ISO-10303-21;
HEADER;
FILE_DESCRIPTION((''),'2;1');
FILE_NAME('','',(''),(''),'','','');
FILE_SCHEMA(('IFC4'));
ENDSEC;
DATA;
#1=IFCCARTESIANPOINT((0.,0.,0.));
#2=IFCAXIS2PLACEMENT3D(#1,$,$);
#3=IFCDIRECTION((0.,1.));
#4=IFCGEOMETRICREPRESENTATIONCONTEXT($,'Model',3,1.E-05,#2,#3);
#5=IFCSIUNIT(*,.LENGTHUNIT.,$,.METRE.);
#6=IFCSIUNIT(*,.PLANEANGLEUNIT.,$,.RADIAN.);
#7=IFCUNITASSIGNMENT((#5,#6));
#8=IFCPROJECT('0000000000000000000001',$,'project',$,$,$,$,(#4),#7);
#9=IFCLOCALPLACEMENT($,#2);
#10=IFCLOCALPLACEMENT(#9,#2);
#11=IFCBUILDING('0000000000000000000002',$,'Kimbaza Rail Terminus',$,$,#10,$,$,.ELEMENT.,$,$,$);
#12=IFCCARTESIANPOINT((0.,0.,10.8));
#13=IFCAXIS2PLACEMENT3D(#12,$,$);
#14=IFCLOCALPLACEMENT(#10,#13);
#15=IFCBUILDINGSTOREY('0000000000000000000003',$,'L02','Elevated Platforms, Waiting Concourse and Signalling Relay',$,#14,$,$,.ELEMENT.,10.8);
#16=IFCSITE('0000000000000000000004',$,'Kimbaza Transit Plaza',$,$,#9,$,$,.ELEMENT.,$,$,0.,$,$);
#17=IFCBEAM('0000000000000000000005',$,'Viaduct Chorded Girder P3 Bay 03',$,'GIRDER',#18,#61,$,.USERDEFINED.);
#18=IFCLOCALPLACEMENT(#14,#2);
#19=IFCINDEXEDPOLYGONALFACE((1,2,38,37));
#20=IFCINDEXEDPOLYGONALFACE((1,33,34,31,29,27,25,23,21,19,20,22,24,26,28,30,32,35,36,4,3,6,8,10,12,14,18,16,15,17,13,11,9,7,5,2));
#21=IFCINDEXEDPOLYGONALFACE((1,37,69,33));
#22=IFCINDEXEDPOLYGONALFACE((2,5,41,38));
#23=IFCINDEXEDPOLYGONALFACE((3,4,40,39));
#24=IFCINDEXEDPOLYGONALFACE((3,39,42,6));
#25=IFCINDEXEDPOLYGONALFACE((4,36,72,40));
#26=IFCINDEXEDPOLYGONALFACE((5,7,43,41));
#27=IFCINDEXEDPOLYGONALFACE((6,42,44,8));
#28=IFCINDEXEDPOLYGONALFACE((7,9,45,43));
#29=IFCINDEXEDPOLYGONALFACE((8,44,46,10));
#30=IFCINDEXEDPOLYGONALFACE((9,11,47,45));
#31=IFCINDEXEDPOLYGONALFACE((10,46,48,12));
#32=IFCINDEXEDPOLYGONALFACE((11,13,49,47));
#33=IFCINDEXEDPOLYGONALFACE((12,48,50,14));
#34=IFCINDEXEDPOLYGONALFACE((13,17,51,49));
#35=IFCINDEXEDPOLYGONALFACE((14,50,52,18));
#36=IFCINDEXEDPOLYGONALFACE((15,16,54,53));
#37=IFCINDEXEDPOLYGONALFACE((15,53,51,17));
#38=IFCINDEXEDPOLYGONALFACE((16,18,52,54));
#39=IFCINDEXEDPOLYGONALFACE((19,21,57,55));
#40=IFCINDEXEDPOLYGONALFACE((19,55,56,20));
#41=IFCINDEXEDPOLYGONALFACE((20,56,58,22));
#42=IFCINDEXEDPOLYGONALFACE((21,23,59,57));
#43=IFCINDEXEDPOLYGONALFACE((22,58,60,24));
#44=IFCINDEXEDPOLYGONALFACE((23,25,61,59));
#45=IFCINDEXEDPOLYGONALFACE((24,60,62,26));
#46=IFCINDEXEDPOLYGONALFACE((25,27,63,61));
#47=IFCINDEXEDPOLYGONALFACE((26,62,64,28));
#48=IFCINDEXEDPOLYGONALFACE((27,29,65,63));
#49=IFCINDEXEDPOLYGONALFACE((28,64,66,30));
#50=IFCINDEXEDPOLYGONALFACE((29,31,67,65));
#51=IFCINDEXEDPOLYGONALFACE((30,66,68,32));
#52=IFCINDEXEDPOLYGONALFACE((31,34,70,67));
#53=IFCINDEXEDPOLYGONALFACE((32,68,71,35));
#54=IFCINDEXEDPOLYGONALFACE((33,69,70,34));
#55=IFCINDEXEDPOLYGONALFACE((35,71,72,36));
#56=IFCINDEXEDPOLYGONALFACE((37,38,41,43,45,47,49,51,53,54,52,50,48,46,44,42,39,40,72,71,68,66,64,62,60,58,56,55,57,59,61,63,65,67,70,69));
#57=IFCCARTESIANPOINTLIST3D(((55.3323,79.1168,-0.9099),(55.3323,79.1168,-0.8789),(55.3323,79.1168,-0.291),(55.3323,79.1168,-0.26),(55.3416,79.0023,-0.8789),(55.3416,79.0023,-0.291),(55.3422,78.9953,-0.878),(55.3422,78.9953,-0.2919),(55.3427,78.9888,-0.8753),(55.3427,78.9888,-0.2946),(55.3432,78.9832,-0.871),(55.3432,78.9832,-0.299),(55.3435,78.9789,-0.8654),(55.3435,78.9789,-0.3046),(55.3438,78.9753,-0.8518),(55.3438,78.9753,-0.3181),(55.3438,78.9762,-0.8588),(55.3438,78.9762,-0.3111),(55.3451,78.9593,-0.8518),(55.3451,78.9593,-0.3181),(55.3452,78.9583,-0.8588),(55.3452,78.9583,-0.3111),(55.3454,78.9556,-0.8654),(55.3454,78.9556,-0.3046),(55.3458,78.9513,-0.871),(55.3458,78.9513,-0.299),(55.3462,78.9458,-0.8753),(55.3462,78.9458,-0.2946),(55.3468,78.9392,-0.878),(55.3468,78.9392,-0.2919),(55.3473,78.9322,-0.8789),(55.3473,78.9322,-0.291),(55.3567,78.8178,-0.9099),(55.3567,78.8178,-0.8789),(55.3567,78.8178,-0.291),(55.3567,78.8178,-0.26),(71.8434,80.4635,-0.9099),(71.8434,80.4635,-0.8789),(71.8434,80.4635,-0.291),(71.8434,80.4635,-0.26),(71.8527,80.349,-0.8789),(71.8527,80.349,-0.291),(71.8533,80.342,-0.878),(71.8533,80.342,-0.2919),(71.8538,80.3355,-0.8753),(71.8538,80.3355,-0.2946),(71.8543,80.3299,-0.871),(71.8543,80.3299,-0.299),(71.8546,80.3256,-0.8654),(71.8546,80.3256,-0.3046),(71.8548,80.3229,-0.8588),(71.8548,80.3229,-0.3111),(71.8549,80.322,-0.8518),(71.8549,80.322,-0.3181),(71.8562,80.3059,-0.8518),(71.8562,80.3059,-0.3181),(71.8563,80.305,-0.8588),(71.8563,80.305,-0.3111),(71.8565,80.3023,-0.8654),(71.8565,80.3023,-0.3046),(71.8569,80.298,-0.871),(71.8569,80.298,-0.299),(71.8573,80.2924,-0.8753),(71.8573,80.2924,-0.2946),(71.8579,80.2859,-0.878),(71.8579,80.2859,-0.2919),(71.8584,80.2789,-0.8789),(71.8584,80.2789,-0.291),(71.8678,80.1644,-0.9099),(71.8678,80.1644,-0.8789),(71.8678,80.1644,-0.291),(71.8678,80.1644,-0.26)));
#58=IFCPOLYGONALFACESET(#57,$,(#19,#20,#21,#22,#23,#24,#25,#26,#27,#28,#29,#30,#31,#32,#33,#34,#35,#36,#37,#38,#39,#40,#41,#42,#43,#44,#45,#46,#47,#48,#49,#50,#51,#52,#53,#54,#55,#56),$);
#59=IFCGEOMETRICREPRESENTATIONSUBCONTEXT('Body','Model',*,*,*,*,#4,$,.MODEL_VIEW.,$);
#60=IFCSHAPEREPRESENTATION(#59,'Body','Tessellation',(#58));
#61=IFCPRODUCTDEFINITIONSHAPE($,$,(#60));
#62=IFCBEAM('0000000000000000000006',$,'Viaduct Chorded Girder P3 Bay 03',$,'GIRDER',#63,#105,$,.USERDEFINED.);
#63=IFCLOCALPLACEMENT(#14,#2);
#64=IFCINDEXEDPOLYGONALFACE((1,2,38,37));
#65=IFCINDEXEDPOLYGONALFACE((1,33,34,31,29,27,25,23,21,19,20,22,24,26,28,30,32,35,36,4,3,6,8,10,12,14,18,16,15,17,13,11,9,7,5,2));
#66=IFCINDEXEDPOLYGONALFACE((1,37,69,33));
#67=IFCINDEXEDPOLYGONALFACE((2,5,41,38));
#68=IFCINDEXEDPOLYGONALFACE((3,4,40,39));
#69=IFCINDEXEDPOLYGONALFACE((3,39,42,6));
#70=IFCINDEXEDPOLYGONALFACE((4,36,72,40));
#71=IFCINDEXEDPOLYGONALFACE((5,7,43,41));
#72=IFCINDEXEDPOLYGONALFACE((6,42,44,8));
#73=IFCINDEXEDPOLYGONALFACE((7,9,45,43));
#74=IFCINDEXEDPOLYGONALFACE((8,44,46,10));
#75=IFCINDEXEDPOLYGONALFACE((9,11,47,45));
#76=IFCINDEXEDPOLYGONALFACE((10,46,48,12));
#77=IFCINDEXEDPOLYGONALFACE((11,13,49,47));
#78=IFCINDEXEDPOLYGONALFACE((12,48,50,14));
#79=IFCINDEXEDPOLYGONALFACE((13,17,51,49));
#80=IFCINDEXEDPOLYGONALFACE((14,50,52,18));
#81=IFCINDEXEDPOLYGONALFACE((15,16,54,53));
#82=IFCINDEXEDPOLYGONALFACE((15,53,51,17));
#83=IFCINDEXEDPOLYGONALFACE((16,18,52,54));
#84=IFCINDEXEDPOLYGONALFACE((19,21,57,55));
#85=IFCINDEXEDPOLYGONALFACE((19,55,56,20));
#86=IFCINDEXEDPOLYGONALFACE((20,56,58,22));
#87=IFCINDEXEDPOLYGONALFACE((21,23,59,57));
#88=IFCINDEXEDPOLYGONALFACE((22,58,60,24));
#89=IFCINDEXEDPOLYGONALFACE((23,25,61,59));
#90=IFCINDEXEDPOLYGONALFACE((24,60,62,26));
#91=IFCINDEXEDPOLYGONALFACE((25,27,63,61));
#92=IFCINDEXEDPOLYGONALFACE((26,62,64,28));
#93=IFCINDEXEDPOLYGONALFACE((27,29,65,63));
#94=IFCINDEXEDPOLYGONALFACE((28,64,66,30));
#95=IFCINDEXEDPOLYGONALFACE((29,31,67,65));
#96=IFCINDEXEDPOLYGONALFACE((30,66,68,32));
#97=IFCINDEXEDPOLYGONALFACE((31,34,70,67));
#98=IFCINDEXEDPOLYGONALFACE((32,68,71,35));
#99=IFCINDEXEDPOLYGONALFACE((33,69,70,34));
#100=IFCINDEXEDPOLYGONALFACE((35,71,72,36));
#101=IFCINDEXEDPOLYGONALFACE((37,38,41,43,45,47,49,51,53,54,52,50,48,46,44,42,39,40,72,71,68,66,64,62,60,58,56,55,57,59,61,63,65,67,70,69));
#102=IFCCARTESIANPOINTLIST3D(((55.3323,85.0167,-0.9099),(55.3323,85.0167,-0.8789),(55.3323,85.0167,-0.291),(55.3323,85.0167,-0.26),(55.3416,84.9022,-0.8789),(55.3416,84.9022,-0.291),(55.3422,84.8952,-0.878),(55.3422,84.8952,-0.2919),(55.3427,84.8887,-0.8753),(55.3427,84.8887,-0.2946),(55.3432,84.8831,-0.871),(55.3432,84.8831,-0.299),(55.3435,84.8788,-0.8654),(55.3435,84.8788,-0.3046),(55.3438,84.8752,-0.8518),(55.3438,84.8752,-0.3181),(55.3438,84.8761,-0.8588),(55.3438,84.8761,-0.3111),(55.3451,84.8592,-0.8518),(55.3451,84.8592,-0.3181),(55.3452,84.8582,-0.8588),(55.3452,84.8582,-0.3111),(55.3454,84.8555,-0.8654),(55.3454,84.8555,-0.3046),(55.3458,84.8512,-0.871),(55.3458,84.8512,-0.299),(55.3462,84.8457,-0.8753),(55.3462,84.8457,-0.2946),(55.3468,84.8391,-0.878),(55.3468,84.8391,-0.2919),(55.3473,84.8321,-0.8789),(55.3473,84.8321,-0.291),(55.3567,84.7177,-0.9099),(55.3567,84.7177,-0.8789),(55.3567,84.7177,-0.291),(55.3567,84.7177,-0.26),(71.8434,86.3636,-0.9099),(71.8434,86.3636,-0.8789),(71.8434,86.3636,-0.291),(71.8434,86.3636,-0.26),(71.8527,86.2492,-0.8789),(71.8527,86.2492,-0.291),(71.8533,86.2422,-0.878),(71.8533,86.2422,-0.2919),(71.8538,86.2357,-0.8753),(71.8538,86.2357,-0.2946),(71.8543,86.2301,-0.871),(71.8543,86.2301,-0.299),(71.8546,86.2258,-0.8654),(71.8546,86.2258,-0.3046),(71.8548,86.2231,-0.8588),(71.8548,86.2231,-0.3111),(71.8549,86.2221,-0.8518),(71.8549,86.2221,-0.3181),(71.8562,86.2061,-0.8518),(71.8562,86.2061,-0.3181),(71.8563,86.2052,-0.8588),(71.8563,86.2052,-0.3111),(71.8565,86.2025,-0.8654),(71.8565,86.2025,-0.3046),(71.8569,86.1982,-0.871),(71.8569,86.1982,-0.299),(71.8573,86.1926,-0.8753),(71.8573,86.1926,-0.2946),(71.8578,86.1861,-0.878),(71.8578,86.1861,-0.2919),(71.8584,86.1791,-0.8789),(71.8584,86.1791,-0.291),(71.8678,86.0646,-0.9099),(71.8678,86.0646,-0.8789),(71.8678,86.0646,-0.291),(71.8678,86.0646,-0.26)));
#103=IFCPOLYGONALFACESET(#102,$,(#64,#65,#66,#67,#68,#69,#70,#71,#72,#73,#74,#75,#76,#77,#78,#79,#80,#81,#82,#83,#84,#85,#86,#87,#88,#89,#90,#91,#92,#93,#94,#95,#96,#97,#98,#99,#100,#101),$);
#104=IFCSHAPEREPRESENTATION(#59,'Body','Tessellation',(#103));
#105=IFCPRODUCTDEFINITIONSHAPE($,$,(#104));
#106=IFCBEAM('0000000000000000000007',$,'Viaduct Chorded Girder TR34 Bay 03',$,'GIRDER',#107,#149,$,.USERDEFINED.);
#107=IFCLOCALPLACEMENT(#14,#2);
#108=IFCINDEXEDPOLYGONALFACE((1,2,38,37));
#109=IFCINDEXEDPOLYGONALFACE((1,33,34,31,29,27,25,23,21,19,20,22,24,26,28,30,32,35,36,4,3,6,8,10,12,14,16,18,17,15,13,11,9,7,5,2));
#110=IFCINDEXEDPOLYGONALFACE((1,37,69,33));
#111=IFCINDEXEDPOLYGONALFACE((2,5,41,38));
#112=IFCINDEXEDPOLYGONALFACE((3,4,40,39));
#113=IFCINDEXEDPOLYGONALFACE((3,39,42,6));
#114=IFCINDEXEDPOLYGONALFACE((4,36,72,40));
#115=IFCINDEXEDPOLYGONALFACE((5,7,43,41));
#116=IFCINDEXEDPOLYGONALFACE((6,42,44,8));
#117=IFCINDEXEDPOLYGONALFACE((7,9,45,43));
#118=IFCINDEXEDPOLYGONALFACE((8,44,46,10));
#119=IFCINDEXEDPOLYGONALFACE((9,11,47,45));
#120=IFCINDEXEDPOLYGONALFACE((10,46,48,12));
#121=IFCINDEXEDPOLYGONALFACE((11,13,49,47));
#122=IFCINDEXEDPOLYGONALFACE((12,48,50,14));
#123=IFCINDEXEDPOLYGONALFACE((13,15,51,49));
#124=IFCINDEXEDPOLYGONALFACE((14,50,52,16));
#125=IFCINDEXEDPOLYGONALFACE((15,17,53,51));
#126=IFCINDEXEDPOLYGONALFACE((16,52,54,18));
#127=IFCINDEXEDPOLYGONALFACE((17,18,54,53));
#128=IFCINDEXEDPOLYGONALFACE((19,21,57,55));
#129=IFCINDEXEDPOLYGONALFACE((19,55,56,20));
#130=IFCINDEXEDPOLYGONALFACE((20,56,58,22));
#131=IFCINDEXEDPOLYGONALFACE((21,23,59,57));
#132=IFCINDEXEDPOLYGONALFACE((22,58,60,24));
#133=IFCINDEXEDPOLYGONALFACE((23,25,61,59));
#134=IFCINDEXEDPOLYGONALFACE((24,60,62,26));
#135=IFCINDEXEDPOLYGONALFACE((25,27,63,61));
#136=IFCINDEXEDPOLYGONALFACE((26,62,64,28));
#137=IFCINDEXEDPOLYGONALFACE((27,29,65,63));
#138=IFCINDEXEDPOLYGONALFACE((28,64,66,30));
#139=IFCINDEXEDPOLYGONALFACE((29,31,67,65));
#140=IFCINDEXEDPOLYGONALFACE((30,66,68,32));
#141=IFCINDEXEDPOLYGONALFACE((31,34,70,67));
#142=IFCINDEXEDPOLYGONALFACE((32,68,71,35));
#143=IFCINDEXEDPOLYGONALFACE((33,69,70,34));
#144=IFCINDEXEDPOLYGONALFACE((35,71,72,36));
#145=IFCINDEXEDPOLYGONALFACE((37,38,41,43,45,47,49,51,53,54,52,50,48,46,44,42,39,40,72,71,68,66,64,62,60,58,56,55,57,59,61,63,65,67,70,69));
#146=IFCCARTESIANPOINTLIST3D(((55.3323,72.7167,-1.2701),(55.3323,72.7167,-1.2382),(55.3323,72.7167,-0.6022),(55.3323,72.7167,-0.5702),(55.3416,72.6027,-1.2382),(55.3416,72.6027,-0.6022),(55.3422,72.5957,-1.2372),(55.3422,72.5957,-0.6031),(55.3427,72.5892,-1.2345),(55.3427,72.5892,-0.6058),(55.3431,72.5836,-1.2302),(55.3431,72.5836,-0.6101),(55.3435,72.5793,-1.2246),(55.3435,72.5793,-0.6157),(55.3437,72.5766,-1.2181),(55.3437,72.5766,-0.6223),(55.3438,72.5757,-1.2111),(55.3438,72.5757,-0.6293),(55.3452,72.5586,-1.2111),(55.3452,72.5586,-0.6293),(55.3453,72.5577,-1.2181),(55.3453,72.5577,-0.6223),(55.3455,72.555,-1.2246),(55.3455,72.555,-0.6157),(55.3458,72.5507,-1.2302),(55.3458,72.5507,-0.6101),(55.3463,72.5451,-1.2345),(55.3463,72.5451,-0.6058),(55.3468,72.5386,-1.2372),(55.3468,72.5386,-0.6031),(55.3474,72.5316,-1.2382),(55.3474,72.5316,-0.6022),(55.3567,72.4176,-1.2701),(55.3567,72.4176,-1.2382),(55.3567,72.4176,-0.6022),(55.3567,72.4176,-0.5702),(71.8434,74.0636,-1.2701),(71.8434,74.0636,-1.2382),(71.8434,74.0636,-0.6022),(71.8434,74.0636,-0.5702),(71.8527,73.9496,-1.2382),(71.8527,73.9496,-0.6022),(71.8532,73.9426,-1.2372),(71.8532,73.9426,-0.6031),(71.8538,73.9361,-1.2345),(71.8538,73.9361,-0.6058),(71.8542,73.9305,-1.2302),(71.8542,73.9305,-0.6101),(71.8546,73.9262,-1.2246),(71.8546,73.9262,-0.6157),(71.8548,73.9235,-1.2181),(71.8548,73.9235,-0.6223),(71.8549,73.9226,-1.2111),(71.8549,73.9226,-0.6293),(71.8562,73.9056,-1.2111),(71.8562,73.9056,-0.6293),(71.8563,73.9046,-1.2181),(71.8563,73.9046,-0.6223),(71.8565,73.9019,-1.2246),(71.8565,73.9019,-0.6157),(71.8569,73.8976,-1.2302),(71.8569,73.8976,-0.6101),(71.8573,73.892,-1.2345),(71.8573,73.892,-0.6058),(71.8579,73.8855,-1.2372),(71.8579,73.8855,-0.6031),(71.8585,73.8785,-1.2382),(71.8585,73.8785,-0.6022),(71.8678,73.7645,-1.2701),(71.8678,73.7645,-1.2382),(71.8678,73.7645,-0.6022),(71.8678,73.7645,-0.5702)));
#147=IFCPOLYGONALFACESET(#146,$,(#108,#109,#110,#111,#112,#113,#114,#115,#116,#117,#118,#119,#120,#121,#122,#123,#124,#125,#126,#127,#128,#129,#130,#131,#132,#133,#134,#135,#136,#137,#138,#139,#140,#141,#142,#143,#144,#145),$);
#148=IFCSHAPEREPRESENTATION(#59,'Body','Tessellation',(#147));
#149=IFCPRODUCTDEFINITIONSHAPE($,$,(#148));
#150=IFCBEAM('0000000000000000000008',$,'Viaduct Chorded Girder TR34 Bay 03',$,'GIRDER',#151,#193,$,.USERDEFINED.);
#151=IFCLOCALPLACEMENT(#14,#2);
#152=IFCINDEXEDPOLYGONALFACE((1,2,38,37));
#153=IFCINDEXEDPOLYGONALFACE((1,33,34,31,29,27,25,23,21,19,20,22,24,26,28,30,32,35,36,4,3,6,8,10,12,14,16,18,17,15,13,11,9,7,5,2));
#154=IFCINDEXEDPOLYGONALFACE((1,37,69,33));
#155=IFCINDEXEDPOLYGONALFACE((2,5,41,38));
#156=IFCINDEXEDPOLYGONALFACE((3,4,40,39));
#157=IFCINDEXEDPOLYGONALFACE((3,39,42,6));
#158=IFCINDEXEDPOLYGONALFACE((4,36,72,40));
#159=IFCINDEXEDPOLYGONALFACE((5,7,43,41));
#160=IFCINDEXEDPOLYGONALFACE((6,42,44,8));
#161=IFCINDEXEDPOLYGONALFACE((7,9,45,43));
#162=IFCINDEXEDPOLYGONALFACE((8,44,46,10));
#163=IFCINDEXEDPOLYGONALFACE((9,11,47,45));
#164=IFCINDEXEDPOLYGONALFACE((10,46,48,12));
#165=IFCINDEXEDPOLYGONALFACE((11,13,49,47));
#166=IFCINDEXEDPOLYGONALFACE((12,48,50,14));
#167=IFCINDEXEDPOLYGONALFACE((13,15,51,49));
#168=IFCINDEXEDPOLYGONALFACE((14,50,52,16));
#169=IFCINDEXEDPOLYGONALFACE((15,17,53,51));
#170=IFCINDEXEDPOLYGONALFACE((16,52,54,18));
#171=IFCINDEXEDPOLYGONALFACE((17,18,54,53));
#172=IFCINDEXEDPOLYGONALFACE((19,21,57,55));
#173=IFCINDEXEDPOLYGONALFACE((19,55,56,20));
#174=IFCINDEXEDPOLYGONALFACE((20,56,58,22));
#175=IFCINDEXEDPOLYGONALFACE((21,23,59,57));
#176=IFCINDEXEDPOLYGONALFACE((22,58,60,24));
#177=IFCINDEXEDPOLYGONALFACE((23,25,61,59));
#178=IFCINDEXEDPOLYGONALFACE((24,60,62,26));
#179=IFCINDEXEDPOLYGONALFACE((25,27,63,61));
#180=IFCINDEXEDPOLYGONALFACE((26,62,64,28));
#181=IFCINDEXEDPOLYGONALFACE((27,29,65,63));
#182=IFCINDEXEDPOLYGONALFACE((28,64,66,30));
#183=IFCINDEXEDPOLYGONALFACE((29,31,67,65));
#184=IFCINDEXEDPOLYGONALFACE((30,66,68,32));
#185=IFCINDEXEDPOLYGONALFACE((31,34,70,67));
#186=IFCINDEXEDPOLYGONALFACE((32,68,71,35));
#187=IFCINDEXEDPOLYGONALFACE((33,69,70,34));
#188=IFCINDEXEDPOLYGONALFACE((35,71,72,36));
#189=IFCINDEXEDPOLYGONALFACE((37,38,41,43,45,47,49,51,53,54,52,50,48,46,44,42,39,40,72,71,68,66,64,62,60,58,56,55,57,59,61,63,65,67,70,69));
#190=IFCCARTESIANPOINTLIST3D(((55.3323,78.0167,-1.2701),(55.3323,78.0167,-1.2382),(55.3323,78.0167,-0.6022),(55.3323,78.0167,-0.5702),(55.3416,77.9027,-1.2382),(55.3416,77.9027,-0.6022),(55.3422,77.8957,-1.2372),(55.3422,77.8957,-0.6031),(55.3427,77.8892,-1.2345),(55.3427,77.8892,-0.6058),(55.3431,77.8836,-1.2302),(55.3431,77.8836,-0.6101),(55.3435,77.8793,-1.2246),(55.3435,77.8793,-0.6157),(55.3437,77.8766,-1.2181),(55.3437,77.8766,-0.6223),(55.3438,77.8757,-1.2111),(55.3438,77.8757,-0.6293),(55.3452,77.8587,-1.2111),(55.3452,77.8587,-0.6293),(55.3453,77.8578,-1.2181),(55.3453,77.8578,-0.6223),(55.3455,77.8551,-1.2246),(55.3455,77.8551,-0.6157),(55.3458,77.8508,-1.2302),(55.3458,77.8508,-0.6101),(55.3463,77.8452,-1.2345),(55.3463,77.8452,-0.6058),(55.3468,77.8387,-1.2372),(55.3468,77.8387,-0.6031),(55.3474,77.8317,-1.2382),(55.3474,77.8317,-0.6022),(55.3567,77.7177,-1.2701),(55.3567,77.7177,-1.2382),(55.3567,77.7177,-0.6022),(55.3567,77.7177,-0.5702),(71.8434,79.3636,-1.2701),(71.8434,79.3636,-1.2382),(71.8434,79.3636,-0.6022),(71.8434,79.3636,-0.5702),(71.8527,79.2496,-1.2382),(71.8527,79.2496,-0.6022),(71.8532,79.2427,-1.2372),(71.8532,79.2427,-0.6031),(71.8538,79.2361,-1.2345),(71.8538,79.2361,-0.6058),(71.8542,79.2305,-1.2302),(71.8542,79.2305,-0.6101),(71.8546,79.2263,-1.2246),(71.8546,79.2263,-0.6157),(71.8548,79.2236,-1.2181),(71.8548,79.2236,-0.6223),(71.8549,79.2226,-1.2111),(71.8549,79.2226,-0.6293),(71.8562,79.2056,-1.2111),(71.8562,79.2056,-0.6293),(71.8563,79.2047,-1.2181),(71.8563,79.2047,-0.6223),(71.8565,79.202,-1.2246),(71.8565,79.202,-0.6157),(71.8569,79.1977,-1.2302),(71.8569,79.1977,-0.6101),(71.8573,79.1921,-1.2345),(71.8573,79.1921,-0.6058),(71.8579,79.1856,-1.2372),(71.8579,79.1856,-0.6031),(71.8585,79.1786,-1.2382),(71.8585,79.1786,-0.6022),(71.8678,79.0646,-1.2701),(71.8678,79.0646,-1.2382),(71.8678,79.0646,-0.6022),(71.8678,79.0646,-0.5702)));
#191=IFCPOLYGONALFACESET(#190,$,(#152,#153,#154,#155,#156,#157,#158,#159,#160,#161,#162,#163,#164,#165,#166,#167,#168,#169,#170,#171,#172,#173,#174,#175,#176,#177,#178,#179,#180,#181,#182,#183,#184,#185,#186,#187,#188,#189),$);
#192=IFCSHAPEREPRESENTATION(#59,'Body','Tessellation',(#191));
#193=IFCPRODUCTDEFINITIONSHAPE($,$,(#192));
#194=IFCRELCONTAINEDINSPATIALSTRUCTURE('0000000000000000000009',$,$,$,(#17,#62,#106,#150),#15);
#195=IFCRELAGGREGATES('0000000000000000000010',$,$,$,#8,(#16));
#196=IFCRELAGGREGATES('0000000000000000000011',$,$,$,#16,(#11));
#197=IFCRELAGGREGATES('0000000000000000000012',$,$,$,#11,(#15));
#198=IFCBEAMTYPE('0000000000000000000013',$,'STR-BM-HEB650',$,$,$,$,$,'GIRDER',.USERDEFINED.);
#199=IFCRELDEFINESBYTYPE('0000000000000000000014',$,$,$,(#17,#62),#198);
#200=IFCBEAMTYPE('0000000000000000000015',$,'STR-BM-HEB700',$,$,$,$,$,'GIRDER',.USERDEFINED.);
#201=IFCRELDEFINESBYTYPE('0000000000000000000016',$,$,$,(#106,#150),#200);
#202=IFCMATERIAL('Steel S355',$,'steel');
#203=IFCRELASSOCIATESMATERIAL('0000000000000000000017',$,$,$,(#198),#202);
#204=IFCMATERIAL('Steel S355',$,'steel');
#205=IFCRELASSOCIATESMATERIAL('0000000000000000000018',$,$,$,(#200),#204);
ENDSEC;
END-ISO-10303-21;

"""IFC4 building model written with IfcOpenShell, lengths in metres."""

from ifc_helpers import new_model, si_unit, direction, frame, origin, origin_2d, place, context, subcontext, project, spatial, i_section, extrude, material, material_profile, profile_set, type_object, element, save


model = new_model("IFC4")

# Units and contexts
model_context = context("Model", 3, precision=1e-05, world=origin(), true_north=direction((0.0, 1.0)))
body_context = subcontext(model_context, "Body", "Model", "MODEL_VIEW")
ifc_project = project(units=[si_unit("LENGTHUNIT", "METRE"), si_unit("PLANEANGLEUNIT", "RADIAN")], contexts=[model_context])

# Site, building, storey
site_placement = place(None, origin())
site = spatial("IfcSite", under=ifc_project, at=site_placement, Name="Kimbaza Transit Plaza", CompositionType="ELEMENT", RefElevation=0.0)
building_placement = place(site_placement, origin())
building = spatial("IfcBuilding", under=site, at=building_placement, Name="Kimbaza Rail Terminus", CompositionType="ELEMENT")
storey_placement = place(building_placement, frame((0.0, 0.0, 10.8)))
storey = spatial("IfcBuildingStorey", under=building, at=storey_placement, Name="L02", Description="Elevated Platforms, Waiting Concourse and Signalling Relay", CompositionType="ELEMENT", Elevation=10.8)

# Beams
ifc_material_1 = material(Name="Steel S355", Category="steel")
ifc_material_profile_1 = material_profile(ifc_material_1, i_section(OverallWidth=0.3, OverallDepth=0.6499, WebThickness=0.0161, FlangeThickness=0.031, FilletRadius=0.0271, at=origin_2d()), Name="HEB 650")
ifc_profile_set_1 = profile_set([ifc_material_profile_1], Name="Steel S355")
beam_type_1 = type_object("IfcBeamType", Name="STR-BM-HEB650", ElementType="GIRDER", PredefinedType="USERDEFINED", material=ifc_profile_set_1)
for number, where, z_axis, x_axis, name in (
    (1, (55.3445, 78.9673, -0.585), (0.99669, 0.081293, 0.0), (-0.081293, 0.99669, 0.0), "Viaduct Chorded Girder P3 Bay 03"),
    (2, (55.3445, 84.8672, -0.585), (0.996689, 0.081307, 0.0), (-0.081307, 0.996689, 0.0), "Viaduct Chorded Girder P3 Bay 03"),
):
    element("IfcBeam", number, at=place(storey_placement, frame(where, z_axis=z_axis, x_axis=x_axis)), inside=storey, type_object=beam_type_1, Name=name, ObjectType="GIRDER", PredefinedType="USERDEFINED", context=body_context, shape_type="SweptSolid", body=[
        extrude(i_section(OverallWidth=0.3, OverallDepth=0.6499, WebThickness=0.0161, FlangeThickness=0.031, FilletRadius=0.0271, at=origin_2d()), origin(), (0.0, 0.0, 1.0), 16.5659),
    ])
ifc_material_2 = material(Name="Steel S355", Category="steel")
ifc_material_profile_2 = material_profile(ifc_material_2, i_section(OverallWidth=0.3, OverallDepth=0.7, WebThickness=0.0171, FlangeThickness=0.032, FilletRadius=0.0271, at=origin_2d()), Name="HEB 700")
ifc_profile_set_2 = profile_set([ifc_material_profile_2], Name="Steel S355")
beam_type_2 = type_object("IfcBeamType", Name="STR-BM-HEB700", ElementType="GIRDER", PredefinedType="USERDEFINED", material=ifc_profile_set_2)
for number, where, z_axis, x_axis, name in (
    (3, (55.3445, 72.5671, -0.9202), (0.996689, 0.081307, 0.0), (-0.081307, 0.996689, 0.0), "Viaduct Chorded Girder TR34 Bay 03"),
    (4, (55.3445, 77.8672, -0.9202), (0.996689, 0.081307, 0.0), (-0.081307, 0.996689, 0.0), "Viaduct Chorded Girder TR34 Bay 03"),
):
    element("IfcBeam", number, at=place(storey_placement, frame(where, z_axis=z_axis, x_axis=x_axis)), inside=storey, type_object=beam_type_2, Name=name, ObjectType="GIRDER", PredefinedType="USERDEFINED", context=body_context, shape_type="SweptSolid", body=[
        extrude(i_section(OverallWidth=0.3, OverallDepth=0.7, WebThickness=0.0171, FlangeThickness=0.032, FilletRadius=0.0271, at=origin_2d()), origin(), (0.0, 0.0, 1.0), 16.5659),
    ])

save(model, "model.ifc")
